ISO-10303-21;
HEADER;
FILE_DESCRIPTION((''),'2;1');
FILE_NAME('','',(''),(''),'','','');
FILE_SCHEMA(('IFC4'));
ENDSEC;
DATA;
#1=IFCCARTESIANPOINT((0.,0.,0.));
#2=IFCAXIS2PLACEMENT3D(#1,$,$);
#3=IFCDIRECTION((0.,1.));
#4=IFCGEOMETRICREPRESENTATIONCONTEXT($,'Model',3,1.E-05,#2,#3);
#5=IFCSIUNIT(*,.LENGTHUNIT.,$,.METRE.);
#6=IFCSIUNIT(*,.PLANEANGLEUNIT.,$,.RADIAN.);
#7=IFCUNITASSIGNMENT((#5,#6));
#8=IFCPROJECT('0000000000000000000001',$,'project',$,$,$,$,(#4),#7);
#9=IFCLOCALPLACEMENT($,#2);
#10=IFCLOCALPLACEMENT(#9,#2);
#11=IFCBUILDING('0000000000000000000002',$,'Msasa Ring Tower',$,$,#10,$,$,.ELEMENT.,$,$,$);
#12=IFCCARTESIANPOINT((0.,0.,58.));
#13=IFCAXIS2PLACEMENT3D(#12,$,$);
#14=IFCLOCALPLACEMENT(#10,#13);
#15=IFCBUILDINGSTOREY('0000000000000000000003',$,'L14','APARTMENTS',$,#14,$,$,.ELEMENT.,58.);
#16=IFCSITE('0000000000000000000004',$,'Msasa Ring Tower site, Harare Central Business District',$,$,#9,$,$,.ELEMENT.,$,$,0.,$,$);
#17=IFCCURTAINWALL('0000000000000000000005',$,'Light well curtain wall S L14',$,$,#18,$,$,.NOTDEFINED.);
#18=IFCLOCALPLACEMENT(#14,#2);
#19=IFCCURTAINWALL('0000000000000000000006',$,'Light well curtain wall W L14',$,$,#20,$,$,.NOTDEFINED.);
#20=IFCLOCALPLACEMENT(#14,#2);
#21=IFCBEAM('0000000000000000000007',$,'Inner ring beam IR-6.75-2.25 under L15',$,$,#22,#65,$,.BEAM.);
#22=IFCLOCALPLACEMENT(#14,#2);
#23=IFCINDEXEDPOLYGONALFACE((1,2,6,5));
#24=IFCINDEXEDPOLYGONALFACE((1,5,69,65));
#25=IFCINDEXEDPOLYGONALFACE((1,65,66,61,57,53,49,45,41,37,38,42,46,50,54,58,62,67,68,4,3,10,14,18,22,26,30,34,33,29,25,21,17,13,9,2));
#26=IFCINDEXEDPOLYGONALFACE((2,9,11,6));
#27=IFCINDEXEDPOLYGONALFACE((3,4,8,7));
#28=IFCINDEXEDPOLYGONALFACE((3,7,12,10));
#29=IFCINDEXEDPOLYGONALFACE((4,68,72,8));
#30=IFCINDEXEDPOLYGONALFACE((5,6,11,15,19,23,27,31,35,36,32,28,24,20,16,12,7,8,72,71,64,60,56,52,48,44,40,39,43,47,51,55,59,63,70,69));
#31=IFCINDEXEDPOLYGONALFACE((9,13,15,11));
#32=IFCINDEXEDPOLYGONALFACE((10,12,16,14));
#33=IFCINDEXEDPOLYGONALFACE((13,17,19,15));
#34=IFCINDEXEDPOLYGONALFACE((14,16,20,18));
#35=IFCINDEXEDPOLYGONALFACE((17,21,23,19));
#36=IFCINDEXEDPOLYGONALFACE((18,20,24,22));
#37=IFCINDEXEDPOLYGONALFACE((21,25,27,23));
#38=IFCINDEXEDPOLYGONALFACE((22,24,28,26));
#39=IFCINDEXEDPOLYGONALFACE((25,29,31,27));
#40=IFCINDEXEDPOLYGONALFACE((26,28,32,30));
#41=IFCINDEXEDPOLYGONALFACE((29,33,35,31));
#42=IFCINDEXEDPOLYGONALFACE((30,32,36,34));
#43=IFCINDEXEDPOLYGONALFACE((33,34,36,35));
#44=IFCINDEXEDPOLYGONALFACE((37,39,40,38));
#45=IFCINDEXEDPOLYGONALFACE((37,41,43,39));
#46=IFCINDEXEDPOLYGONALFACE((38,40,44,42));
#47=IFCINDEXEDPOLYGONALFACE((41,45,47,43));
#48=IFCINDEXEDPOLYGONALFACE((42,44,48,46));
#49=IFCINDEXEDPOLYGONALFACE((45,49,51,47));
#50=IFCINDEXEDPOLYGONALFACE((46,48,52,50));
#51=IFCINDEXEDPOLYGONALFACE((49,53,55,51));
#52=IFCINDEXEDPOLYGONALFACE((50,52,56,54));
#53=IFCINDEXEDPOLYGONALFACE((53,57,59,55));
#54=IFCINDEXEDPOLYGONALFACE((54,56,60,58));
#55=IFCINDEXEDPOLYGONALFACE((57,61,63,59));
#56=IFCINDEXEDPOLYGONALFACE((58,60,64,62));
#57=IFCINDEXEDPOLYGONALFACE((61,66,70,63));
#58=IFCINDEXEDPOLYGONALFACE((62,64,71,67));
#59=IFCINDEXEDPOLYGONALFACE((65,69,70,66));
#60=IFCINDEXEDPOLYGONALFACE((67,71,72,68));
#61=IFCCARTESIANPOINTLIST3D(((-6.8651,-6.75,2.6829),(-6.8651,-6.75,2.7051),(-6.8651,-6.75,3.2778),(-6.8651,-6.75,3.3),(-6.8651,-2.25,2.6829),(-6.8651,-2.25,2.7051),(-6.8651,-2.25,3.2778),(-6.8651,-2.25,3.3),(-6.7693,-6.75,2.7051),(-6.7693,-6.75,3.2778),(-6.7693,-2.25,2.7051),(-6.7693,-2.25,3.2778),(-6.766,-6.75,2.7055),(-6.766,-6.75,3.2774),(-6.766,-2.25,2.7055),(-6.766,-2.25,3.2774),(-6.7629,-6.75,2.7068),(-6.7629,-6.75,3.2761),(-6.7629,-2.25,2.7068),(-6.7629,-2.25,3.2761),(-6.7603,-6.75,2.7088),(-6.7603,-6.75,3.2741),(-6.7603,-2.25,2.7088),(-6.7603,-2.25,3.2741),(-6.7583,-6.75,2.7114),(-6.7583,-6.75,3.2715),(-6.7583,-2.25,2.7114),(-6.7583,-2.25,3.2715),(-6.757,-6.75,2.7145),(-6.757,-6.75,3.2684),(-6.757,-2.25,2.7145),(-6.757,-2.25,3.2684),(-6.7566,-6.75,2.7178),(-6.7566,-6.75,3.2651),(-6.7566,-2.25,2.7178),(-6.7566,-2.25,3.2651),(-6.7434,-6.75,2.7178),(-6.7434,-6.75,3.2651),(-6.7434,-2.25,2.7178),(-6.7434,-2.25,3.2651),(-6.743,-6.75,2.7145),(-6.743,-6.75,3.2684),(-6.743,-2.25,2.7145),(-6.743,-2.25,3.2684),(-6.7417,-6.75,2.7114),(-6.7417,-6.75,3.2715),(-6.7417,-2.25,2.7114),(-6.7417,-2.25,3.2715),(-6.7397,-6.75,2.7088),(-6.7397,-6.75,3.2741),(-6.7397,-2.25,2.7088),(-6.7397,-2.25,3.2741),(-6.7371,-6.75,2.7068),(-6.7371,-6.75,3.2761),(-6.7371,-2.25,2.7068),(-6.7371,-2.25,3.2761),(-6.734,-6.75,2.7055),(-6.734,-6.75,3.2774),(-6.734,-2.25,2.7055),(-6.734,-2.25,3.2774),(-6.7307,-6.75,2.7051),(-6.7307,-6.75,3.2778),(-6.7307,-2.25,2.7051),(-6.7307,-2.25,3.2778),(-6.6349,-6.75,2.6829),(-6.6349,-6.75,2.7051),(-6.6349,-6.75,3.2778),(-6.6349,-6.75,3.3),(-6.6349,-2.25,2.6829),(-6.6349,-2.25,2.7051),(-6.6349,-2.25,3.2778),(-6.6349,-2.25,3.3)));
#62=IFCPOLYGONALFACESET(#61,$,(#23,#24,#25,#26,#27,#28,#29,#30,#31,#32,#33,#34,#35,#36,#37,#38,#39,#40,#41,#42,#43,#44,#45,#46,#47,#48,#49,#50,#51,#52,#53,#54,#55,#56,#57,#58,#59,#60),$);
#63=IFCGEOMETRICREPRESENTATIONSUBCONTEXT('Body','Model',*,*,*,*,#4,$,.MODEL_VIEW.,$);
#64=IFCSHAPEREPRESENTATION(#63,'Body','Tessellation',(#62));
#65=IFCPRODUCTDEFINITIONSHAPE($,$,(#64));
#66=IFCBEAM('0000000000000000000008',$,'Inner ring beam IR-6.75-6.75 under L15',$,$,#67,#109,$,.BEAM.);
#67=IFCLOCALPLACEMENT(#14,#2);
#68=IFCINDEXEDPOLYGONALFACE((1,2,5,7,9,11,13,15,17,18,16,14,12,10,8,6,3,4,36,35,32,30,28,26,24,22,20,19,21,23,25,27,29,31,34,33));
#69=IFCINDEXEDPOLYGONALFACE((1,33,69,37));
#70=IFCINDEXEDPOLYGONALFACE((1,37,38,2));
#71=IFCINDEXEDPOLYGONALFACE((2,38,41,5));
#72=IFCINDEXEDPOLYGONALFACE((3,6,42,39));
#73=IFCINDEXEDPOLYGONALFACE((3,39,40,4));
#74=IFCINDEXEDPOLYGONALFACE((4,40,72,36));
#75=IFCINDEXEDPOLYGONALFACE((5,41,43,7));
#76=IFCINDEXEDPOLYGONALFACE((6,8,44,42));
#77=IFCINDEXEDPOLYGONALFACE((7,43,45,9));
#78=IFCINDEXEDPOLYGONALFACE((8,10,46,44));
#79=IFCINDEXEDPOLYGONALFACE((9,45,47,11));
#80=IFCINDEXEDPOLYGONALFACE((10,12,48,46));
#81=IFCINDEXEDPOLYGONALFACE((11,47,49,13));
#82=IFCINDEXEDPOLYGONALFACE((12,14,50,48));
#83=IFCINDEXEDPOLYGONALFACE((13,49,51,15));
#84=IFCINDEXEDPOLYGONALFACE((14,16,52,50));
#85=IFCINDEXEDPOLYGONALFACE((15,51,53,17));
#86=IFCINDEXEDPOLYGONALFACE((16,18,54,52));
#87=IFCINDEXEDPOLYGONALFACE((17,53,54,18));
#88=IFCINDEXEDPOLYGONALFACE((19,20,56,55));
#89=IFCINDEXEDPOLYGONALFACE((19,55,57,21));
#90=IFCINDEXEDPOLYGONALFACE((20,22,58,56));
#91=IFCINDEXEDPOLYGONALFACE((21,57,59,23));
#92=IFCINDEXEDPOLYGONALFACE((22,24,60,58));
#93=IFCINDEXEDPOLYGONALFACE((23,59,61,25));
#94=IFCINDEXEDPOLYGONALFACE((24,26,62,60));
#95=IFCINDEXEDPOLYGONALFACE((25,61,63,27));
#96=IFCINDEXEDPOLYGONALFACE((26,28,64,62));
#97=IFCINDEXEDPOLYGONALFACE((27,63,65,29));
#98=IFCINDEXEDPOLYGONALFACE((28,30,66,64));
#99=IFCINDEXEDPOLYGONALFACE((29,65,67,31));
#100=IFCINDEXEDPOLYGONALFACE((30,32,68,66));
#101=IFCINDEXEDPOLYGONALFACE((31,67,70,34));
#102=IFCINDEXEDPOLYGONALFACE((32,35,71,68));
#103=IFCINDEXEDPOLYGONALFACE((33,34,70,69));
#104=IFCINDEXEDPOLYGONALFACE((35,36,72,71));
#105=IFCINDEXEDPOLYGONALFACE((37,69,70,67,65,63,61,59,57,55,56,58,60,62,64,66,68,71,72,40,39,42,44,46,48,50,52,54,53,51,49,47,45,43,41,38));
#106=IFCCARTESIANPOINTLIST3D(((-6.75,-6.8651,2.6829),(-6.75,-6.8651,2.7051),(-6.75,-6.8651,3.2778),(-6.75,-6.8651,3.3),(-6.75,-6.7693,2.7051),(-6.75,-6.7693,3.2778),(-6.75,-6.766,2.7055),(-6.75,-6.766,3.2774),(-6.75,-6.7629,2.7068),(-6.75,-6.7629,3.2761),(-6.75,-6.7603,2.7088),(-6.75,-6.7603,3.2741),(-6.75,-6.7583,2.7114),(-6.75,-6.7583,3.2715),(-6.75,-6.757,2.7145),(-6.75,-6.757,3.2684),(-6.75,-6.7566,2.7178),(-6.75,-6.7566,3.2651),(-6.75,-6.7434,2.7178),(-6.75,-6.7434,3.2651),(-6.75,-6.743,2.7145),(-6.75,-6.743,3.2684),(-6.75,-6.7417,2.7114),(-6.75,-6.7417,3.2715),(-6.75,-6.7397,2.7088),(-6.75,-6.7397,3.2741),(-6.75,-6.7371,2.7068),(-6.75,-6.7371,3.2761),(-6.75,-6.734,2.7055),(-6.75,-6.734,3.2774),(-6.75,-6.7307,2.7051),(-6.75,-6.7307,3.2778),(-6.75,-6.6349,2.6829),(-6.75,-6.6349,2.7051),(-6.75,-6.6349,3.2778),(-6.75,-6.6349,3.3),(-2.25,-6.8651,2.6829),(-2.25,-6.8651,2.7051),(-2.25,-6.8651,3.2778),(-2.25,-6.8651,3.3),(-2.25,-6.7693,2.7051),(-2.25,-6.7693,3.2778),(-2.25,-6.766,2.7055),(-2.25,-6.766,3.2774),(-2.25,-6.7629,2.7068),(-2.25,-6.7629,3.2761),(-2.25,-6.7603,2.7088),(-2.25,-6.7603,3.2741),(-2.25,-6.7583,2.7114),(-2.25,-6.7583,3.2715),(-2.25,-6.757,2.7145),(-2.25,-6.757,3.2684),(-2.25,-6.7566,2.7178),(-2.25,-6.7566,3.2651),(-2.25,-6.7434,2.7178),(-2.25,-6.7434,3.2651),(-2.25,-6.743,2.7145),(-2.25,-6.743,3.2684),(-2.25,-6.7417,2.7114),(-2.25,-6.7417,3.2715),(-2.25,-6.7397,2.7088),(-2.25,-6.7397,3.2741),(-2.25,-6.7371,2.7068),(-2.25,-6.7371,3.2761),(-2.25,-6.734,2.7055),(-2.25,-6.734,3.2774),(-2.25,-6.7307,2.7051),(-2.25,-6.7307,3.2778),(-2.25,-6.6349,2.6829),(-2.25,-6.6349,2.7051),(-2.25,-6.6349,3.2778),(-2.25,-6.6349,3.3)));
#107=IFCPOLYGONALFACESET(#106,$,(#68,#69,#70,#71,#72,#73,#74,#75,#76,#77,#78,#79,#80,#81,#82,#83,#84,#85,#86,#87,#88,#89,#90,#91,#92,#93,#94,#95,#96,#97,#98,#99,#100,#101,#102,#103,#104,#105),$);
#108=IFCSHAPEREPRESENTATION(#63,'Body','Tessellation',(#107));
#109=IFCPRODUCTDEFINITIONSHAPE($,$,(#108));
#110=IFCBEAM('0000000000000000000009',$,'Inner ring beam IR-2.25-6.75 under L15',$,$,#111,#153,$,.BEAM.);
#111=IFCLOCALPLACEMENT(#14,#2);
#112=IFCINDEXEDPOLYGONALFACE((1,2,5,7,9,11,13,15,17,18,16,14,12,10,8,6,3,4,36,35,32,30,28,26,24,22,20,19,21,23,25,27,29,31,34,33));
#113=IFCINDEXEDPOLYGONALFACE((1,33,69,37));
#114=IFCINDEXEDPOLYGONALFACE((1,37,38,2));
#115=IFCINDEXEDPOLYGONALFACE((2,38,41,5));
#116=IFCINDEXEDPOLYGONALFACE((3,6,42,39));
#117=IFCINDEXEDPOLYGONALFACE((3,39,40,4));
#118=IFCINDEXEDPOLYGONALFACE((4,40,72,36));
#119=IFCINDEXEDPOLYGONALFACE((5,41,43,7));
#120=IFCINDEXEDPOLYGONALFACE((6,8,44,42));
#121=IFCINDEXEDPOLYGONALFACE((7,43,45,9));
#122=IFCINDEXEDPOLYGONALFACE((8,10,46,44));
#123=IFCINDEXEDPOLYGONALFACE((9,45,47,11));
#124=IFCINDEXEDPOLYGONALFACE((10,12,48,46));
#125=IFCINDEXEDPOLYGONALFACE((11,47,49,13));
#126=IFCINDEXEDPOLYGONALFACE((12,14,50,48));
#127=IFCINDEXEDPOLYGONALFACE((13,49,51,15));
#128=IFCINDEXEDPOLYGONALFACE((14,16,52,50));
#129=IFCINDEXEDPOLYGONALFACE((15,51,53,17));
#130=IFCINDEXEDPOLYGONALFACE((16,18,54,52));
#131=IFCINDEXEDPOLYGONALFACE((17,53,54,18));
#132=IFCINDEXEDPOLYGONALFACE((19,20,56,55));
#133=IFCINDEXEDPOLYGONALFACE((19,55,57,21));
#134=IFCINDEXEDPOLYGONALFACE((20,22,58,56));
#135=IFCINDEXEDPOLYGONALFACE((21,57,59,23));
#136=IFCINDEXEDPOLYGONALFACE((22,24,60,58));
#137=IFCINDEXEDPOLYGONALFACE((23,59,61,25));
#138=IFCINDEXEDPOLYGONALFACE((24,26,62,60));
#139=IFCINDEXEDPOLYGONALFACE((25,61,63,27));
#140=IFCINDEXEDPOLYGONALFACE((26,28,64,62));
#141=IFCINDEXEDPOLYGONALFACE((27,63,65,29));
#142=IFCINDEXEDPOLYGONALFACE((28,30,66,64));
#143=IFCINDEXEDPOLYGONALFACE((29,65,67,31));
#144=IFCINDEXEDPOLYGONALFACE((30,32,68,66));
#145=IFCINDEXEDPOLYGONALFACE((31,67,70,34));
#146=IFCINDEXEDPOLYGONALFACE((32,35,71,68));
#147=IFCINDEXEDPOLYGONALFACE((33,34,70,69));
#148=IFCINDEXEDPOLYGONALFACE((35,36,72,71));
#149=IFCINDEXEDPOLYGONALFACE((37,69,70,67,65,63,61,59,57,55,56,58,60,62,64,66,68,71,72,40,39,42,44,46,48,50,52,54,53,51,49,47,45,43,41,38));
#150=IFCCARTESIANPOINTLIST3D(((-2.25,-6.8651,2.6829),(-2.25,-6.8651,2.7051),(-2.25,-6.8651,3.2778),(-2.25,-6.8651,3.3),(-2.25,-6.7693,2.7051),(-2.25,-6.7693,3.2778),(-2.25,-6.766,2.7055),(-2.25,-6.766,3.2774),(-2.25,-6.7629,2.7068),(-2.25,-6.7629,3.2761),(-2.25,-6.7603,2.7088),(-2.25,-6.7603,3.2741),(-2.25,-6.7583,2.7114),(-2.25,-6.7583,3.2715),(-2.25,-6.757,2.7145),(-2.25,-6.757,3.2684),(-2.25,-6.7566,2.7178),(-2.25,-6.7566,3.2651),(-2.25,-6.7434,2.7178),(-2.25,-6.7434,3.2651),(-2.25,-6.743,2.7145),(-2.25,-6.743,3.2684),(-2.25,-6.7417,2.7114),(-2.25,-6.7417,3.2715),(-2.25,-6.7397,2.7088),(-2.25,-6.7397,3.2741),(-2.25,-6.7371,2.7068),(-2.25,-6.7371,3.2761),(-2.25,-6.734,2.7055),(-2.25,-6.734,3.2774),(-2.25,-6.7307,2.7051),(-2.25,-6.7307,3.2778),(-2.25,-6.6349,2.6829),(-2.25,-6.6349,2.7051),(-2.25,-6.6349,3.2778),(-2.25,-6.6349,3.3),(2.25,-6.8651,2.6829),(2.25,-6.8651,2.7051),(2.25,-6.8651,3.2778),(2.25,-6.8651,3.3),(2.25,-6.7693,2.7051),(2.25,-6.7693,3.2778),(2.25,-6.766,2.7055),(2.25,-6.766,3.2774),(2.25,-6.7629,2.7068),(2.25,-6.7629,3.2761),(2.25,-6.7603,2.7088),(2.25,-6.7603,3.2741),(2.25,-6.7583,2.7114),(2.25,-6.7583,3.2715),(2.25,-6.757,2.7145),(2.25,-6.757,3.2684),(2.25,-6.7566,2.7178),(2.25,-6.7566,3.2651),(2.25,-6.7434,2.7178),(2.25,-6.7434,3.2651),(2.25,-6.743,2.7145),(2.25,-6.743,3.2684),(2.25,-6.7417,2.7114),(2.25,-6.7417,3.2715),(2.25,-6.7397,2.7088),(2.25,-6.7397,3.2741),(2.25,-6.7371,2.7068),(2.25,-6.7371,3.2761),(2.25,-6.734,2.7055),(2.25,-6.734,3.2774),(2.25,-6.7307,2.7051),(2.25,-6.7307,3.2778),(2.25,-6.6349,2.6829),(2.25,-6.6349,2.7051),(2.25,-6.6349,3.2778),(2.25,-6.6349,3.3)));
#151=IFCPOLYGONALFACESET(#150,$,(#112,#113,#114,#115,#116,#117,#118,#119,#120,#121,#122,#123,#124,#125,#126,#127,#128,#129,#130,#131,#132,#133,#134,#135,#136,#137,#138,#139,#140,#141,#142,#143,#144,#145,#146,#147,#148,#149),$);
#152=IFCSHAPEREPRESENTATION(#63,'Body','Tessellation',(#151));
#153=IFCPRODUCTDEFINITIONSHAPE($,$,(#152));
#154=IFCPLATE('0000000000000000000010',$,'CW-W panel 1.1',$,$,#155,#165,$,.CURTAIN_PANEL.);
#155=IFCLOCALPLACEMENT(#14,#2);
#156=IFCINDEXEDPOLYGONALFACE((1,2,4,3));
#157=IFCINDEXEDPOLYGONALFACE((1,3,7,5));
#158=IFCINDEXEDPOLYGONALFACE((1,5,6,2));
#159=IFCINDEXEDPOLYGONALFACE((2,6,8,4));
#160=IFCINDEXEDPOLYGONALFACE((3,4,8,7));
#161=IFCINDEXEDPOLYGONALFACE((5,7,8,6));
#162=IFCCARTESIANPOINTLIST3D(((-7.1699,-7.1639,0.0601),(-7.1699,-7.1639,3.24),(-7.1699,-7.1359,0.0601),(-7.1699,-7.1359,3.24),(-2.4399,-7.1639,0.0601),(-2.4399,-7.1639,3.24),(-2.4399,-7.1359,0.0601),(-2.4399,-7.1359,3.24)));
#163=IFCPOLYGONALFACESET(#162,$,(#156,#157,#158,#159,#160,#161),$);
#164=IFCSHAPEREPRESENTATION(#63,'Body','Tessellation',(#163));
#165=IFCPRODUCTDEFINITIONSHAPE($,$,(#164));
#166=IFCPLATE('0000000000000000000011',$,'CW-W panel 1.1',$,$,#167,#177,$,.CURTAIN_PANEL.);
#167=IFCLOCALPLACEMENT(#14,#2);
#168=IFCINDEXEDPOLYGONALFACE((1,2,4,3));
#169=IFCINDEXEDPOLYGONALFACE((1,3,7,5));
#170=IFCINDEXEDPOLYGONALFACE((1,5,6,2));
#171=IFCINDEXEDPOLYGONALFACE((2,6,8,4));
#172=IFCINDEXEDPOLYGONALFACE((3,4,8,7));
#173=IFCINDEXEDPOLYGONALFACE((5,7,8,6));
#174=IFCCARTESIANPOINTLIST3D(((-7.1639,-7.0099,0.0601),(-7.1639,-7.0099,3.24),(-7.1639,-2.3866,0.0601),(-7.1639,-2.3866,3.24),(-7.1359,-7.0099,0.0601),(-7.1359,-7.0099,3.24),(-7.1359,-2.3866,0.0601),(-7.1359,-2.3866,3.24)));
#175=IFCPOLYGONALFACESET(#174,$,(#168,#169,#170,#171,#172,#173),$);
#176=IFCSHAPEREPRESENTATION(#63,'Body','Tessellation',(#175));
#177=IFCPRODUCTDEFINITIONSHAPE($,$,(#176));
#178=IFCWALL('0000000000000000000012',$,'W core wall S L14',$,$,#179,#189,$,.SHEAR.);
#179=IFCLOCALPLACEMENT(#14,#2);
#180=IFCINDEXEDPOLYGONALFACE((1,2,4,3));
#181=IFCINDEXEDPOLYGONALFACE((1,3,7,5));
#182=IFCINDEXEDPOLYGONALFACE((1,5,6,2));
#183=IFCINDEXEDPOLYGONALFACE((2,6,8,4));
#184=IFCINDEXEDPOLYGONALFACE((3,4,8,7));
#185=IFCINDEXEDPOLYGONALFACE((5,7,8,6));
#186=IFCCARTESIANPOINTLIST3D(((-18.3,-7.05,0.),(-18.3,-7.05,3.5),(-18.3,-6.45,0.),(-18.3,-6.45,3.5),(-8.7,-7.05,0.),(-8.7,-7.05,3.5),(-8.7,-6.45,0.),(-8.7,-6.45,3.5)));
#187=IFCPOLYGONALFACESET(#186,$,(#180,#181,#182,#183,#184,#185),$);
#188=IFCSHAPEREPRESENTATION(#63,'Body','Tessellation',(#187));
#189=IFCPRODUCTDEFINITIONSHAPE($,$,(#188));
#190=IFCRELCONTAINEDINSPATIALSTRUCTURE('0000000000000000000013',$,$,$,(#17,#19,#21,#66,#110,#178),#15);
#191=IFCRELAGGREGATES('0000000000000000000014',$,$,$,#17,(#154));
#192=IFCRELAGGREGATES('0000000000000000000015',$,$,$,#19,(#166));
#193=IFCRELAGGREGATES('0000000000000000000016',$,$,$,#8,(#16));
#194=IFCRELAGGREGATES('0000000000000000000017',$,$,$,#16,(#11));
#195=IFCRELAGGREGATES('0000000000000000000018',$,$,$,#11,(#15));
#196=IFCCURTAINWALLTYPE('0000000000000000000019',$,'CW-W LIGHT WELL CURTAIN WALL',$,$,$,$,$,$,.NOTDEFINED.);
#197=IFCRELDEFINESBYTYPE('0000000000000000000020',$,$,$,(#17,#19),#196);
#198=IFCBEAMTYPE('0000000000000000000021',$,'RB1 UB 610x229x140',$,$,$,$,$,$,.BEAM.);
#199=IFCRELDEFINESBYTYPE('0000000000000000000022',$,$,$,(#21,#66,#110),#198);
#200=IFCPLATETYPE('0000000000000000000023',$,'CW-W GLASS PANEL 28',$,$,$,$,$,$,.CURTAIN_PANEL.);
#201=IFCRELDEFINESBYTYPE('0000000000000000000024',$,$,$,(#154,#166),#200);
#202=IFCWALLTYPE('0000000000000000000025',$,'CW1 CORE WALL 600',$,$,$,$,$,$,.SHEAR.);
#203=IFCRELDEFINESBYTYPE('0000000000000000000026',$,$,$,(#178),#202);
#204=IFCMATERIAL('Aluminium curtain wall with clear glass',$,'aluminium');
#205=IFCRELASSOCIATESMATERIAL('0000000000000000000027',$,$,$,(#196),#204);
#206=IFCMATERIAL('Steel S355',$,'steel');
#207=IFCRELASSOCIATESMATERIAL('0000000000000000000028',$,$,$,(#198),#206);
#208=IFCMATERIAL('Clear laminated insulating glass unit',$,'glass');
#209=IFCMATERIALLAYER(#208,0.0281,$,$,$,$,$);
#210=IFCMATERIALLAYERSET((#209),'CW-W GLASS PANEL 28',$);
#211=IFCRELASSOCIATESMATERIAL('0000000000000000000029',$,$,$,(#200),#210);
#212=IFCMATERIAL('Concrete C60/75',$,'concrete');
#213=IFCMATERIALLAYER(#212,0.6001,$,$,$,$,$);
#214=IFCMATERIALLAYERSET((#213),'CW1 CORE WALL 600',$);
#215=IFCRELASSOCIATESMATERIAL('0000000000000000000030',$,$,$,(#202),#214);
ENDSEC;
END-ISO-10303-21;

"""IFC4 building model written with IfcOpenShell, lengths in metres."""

from ifc_helpers import new_model, si_unit, direction, frame, frame_2d, origin, origin_2d, place, context, subcontext, project, spatial, rectangle, i_section, extrude, material, layer, layer_set, material_profile, profile_set, type_object, element, aggregate, save


model = new_model("IFC4")

# Units and contexts
model_context = context("Model", 3, precision=1e-05, world=origin(), true_north=direction((0.0, 1.0)))
body_context = subcontext(model_context, "Body", "Model", "MODEL_VIEW")
ifc_project = project(units=[si_unit("LENGTHUNIT", "METRE"), si_unit("PLANEANGLEUNIT", "RADIAN")], contexts=[model_context])

# Site, building, storey
site_placement = place(None, origin())
site = spatial("IfcSite", under=ifc_project, at=site_placement, Name="Msasa Ring Tower site, Harare Central Business District", CompositionType="ELEMENT", RefElevation=0.0)
building_placement = place(site_placement, origin())
building = spatial("IfcBuilding", under=site, at=building_placement, Name="Msasa Ring Tower", CompositionType="ELEMENT")
storey_placement = place(building_placement, frame((0.0, 0.0, 58.0)))
storey = spatial("IfcBuildingStorey", under=building, at=storey_placement, Name="L14", Description="APARTMENTS", CompositionType="ELEMENT", Elevation=58.0)

# Curtain wall
ifc_material_1 = material(Name="Aluminium curtain wall with clear glass", Category="aluminium")
curtain_wall_type = type_object("IfcCurtainWallType", Name="CW-W LIGHT WELL CURTAIN WALL", PredefinedType="NOTDEFINED", material=ifc_material_1)
curtain_wall_1_placement = place(storey_placement, origin())
curtain_wall_1 = element("IfcCurtainWall", 1, at=curtain_wall_1_placement, inside=storey, type_object=curtain_wall_type, Name="Light well curtain wall S L14", PredefinedType="NOTDEFINED")

# Curtain wall
curtain_wall_2_placement = place(storey_placement, origin())
curtain_wall_2 = element("IfcCurtainWall", 2, at=curtain_wall_2_placement, inside=storey, type_object=curtain_wall_type, Name="Light well curtain wall W L14", PredefinedType="NOTDEFINED")

# Beams
ifc_material_2 = material(Name="Steel S355", Category="steel")
ifc_material_profile_1 = material_profile(ifc_material_2, i_section(OverallWidth=0.2302, OverallDepth=0.6172, WebThickness=0.0132, FlangeThickness=0.0222, FilletRadius=0.0127, at=origin_2d()), Name="UB 610x229x140")
ifc_profile_set_1 = profile_set([ifc_material_profile_1], Name="Steel S355")
beam_type = type_object("IfcBeamType", Name="RB1 UB 610x229x140", PredefinedType="BEAM", material=ifc_profile_set_1)
for number, where, z_axis, x_axis, name in (
    (3, (-6.75, -2.25, 2.9915), (0.0, -1.0, 0.0), (1.0, 0.0, 0.0), "Inner ring beam IR-6.75-2.25 under L15"),
    (4, (-6.75, -6.75, 2.9915), (1.0, 0.0, 0.0), (0.0, 1.0, 0.0), "Inner ring beam IR-6.75-6.75 under L15"),
    (5, (-2.25, -6.75, 2.9915), (1.0, 0.0, 0.0), (0.0, 1.0, 0.0), "Inner ring beam IR-2.25-6.75 under L15"),
):
    element("IfcBeam", number, at=place(storey_placement, frame(where, z_axis=z_axis, x_axis=x_axis)), inside=storey, type_object=beam_type, Name=name, PredefinedType="BEAM", context=body_context, shape_type="SweptSolid", body=[
        extrude(i_section(OverallWidth=0.2302, OverallDepth=0.6172, WebThickness=0.0132, FlangeThickness=0.0222, FilletRadius=0.0127, at=origin_2d()), origin(), (0.0, 0.0, 1.0), 4.5),
    ])

# Plates
ifc_material_3 = material(Name="Clear laminated insulating glass unit", Category="glass")
ifc_layer_1 = layer(ifc_material_3, 0.0281)
ifc_layer_set_1 = layer_set([ifc_layer_1], Name="CW-W GLASS PANEL 28")
plate_type = type_object("IfcPlateType", Name="CW-W GLASS PANEL 28", PredefinedType="CURTAIN_PANEL", material=ifc_layer_set_1)
plate_1_placement = place(storey_placement, frame((-4.8049, -7.1499, 0.0601), z_axis=(0.0, 0.0, 1.0), x_axis=(1.0, 0.0, 0.0)))
plate_1 = element("IfcPlate", 6, at=plate_1_placement, type_object=plate_type, Name="CW-W panel 1.1", PredefinedType="CURTAIN_PANEL", context=body_context, shape_type="SweptSolid", body=[
    extrude(rectangle(XDim=4.73, YDim=0.0281, at=origin_2d()), origin(), (0.0, 0.0, 1.0), 3.1799),
])
aggregate(curtain_wall_1, [plate_1])
plate_2_placement = place(storey_placement, frame((-7.1499, -4.6982, 0.0601), z_axis=(0.0, 0.0, 1.0), x_axis=(0.0, 1.0, 0.0)))
plate_2 = element("IfcPlate", 7, at=plate_2_placement, type_object=plate_type, Name="CW-W panel 1.1", PredefinedType="CURTAIN_PANEL", context=body_context, shape_type="SweptSolid", body=[
    extrude(rectangle(XDim=4.6233, YDim=0.0281, at=origin_2d()), origin(), (0.0, 0.0, 1.0), 3.1799),
])
aggregate(curtain_wall_2, [plate_2])

# Wall
ifc_material_4 = material(Name="Concrete C60/75", Category="concrete")
ifc_layer_2 = layer(ifc_material_4, 0.6001)
ifc_layer_set_2 = layer_set([ifc_layer_2], Name="CW1 CORE WALL 600")
wall_type_1 = type_object("IfcWallType", Name="CW1 CORE WALL 600", PredefinedType="SHEAR", material=ifc_layer_set_2)
wall_1_placement = place(storey_placement, frame((-8.7, -6.75, 0.0), z_axis=(0.0, 0.0, 1.0), x_axis=(-1.0, 0.0, 0.0)))
element("IfcWall", 8, at=wall_1_placement, inside=storey, type_object=wall_type_1, Name="W core wall S L14", PredefinedType="SHEAR", context=body_context, shape_type="SweptSolid", body=[
    extrude(rectangle(XDim=9.6001, YDim=0.6001, at=frame_2d((4.8, 0.0))), origin(), (0.0, 0.0, 1.0), 3.5),
])

save(model, "model.ifc")
